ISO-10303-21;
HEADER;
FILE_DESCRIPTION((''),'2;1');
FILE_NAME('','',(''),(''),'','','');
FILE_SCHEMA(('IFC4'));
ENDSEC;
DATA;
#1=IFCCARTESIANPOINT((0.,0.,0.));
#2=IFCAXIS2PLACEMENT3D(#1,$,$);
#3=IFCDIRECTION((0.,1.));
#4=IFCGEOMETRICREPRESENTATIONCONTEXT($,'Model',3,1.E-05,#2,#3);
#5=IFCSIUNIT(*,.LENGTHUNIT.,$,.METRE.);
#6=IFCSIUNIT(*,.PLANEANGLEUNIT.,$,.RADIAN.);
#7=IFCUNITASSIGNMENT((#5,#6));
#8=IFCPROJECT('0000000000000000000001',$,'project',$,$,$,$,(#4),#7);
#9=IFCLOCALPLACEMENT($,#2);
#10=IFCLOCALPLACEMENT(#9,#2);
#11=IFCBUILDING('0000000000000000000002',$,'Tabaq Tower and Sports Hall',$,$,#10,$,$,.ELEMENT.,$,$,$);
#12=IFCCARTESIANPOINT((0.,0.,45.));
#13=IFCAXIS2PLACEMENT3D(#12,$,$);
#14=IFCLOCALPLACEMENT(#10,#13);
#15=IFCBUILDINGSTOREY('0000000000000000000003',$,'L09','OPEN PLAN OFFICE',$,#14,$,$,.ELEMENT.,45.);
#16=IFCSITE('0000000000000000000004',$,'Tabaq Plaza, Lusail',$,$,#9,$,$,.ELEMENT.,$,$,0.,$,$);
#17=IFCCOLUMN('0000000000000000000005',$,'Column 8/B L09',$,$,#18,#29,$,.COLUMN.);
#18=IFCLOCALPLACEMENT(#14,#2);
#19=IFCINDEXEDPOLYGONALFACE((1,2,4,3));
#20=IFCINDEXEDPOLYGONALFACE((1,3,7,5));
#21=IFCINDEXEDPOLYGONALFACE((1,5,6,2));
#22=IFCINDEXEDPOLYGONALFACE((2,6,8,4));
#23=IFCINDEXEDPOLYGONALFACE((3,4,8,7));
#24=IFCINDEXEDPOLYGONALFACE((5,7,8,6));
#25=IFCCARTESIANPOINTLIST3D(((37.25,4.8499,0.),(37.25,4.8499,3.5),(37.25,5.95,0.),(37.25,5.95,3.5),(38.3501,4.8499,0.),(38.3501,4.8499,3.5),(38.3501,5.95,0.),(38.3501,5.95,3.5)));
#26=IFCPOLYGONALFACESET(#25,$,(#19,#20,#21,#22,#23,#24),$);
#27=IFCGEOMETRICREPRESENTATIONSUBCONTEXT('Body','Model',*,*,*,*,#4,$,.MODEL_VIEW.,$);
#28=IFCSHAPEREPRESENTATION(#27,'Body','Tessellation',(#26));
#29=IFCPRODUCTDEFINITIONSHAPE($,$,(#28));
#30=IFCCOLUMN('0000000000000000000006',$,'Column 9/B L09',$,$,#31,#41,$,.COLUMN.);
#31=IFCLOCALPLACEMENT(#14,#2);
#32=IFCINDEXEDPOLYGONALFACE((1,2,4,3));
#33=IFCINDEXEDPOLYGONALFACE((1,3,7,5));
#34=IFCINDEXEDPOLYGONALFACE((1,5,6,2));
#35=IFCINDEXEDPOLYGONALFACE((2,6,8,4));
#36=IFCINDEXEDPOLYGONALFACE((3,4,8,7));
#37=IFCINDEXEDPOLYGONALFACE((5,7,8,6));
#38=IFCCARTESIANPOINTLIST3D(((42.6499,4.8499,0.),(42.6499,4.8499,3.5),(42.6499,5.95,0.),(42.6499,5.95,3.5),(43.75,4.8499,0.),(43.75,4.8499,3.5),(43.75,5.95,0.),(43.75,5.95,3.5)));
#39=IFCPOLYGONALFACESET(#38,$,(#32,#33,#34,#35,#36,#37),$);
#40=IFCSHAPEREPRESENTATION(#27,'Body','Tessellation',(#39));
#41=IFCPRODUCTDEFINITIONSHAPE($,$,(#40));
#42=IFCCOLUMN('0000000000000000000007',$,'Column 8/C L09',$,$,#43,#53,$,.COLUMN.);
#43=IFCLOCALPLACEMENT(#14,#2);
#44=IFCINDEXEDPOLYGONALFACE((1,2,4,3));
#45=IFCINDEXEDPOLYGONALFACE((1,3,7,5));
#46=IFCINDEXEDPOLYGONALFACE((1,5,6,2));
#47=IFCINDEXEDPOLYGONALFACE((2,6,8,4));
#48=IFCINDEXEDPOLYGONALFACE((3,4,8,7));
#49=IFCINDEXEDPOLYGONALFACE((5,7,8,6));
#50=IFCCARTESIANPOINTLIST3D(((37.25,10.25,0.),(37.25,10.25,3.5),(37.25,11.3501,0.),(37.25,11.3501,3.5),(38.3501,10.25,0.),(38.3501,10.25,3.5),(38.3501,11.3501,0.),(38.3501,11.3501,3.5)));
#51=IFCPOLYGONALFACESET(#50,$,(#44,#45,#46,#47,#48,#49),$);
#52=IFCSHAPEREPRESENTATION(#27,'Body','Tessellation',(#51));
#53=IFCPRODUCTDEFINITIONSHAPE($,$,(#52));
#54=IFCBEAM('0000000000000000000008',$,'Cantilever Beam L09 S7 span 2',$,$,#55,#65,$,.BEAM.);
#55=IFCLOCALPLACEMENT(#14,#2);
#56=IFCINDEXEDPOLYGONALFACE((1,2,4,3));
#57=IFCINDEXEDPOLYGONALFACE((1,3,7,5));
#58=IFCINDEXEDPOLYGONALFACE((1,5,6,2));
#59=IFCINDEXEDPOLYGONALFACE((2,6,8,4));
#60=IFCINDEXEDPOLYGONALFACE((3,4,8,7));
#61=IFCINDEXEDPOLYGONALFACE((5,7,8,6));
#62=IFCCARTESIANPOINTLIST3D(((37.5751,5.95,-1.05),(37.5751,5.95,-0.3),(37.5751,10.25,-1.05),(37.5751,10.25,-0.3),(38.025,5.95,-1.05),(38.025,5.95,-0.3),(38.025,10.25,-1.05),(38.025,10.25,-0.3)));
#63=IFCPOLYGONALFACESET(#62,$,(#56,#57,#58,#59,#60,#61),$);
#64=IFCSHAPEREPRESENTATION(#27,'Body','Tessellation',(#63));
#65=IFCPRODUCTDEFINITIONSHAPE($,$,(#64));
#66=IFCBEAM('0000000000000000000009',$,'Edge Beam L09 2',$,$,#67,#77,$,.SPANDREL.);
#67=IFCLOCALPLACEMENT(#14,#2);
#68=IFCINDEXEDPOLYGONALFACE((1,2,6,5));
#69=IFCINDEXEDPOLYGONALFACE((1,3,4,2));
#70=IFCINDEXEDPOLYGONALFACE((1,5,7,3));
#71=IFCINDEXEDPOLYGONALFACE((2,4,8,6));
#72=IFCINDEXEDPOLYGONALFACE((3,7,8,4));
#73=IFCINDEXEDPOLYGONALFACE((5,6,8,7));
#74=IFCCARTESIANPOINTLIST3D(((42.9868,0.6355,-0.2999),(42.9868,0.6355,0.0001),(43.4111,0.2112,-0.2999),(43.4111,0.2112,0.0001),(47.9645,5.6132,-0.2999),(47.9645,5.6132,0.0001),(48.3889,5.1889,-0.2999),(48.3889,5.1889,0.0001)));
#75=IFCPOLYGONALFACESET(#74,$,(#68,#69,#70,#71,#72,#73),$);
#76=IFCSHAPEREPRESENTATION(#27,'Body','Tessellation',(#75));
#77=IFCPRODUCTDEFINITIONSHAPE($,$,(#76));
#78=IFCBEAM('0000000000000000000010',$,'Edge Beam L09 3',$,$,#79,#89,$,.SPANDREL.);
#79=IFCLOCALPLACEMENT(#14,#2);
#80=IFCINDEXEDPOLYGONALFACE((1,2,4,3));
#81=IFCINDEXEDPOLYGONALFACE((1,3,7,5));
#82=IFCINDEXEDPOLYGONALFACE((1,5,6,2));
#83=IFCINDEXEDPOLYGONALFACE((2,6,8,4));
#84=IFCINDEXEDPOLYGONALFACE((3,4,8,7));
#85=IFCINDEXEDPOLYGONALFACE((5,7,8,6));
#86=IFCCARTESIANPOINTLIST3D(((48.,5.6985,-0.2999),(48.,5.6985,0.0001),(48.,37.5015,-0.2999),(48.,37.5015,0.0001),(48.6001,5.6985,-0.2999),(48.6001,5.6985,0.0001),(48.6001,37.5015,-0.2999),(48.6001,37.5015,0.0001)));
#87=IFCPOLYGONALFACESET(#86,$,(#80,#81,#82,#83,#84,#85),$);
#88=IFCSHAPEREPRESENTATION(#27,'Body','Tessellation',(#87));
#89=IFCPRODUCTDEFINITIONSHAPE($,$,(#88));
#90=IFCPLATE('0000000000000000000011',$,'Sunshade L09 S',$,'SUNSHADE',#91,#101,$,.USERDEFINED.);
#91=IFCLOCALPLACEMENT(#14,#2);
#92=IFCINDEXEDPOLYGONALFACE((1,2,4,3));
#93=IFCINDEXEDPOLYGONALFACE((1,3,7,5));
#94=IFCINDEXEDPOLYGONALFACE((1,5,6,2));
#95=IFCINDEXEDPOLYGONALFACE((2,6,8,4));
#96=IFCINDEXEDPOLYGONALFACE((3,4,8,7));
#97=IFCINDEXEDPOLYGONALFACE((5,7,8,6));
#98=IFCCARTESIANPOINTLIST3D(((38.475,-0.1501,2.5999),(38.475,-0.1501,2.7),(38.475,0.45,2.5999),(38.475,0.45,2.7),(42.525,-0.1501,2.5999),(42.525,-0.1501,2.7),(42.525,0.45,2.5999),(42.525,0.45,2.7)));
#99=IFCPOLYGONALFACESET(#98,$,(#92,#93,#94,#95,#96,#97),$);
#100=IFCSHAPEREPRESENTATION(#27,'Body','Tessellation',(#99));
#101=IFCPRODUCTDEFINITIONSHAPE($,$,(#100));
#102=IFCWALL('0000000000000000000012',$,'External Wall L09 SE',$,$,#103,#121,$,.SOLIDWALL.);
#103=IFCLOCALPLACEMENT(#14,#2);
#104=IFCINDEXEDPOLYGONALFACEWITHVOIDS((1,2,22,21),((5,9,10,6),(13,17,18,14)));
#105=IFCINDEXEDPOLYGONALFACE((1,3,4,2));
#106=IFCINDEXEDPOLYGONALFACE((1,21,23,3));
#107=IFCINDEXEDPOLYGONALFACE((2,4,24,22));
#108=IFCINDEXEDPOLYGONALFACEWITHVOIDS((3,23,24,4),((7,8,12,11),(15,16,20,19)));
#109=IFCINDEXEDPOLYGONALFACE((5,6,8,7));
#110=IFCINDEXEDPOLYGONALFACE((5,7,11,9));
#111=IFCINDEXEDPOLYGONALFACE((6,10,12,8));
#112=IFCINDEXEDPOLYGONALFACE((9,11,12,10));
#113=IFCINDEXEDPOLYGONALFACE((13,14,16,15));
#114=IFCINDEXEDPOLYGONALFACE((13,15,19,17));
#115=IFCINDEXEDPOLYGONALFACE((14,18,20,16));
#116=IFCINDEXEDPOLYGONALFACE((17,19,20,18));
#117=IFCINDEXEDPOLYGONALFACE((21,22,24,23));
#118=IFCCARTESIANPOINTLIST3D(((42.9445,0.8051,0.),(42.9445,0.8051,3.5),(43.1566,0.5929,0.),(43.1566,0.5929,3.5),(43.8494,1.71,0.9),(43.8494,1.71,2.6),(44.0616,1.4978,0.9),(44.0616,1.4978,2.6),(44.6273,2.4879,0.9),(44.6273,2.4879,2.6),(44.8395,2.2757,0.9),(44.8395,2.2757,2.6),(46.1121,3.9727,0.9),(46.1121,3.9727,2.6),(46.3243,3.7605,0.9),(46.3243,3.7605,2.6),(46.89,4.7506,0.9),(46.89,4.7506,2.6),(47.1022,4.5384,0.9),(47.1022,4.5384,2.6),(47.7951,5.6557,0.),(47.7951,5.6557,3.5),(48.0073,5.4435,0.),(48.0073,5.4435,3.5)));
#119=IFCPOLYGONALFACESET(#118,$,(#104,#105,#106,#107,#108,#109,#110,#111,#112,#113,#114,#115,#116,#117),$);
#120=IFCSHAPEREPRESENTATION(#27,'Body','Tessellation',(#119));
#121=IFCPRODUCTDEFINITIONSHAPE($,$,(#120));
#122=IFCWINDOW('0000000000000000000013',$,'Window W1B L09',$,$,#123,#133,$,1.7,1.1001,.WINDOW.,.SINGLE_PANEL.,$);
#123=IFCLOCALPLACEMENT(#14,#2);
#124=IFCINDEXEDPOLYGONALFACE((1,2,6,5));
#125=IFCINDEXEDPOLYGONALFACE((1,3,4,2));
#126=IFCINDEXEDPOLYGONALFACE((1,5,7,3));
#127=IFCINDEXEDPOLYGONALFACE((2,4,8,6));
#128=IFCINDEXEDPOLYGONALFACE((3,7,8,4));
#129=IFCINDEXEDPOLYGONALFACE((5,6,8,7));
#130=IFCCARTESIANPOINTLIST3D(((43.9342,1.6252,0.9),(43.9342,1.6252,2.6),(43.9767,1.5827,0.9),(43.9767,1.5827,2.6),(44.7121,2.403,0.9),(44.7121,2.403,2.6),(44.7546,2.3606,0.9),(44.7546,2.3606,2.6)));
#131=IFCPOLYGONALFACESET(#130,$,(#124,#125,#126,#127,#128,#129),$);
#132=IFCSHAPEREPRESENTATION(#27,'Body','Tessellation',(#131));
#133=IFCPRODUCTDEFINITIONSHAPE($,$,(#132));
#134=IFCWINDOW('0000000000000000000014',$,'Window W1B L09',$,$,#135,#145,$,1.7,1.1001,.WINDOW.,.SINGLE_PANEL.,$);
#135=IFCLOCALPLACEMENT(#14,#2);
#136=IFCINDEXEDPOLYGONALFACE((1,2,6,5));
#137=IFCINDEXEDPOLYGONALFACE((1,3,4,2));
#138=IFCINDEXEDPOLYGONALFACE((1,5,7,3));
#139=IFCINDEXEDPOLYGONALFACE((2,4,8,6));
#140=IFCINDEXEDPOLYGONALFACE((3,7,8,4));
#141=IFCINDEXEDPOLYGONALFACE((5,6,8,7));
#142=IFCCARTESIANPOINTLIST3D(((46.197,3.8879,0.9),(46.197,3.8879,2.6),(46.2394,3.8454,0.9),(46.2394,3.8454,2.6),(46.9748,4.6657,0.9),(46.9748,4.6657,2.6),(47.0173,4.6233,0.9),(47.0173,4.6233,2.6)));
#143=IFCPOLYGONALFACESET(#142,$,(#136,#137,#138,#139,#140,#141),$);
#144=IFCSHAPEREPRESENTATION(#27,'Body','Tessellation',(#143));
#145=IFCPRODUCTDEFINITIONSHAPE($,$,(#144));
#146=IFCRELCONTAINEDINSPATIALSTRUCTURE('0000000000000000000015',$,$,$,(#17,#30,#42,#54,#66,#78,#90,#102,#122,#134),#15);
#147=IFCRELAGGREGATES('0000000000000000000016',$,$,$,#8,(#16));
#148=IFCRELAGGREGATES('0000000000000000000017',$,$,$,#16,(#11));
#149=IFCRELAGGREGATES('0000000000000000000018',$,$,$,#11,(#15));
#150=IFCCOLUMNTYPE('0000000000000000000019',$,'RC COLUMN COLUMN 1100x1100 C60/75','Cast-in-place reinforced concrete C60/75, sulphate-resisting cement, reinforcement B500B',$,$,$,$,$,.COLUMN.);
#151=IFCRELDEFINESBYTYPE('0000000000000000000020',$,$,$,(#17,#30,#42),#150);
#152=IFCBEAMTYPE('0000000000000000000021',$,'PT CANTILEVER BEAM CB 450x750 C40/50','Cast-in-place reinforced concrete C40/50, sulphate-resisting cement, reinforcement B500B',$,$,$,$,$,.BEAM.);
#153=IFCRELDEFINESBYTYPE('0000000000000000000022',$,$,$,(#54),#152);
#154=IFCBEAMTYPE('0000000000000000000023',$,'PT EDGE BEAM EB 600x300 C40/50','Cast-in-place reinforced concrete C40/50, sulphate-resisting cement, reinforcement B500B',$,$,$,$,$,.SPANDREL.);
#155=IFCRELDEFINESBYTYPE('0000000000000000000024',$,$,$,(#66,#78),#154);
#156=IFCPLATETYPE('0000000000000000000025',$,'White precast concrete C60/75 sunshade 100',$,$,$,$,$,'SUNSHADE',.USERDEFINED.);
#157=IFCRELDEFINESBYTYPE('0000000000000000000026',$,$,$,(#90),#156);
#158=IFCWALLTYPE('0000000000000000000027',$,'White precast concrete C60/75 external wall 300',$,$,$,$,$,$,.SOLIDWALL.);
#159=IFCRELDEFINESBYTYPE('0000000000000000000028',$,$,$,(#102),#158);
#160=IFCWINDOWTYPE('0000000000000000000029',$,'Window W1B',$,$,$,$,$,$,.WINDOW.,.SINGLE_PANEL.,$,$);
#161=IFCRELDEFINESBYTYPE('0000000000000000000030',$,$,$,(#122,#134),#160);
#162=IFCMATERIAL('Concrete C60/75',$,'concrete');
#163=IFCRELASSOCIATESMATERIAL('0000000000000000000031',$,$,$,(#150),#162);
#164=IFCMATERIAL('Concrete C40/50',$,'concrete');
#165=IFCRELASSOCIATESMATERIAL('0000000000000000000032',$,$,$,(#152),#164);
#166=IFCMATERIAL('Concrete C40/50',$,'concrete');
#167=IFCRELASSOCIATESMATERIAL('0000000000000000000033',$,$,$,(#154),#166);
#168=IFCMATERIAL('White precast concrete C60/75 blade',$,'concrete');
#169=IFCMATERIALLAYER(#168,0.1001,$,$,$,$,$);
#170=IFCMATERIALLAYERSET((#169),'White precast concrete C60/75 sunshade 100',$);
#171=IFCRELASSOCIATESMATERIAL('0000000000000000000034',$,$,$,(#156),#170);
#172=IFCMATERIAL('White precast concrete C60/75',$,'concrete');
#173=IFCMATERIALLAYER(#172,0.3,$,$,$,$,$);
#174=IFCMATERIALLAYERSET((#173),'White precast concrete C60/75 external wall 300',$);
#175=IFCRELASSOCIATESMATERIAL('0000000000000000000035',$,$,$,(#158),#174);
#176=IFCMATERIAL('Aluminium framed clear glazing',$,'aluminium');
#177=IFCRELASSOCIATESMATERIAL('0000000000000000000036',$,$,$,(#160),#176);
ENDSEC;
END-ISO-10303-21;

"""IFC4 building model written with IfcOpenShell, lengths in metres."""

from ifc_helpers import new_model, si_unit, direction, frame, frame_2d, origin, origin_2d, place, context, subcontext, project, spatial, rectangle, extrude, material, layer, layer_set, material_profile, profile_set, type_object, element, fill, save


model = new_model("IFC4")

# Units and contexts
model_context = context("Model", 3, precision=1e-05, world=origin(), true_north=direction((0.0, 1.0)))
body_context = subcontext(model_context, "Body", "Model", "MODEL_VIEW")
ifc_project = project(units=[si_unit("LENGTHUNIT", "METRE"), si_unit("PLANEANGLEUNIT", "RADIAN")], contexts=[model_context])

# Site, building, storey
site_placement = place(None, origin())
site = spatial("IfcSite", under=ifc_project, at=site_placement, Name="Tabaq Plaza, Lusail", CompositionType="ELEMENT", RefElevation=0.0)
building_placement = place(site_placement, origin())
building = spatial("IfcBuilding", under=site, at=building_placement, Name="Tabaq Tower and Sports Hall", CompositionType="ELEMENT")
storey_placement = place(building_placement, frame((0.0, 0.0, 45.0)))
storey = spatial("IfcBuildingStorey", under=building, at=storey_placement, Name="L09", Description="OPEN PLAN OFFICE", CompositionType="ELEMENT", Elevation=45.0)

# Columns
ifc_material_1 = material(Name="Concrete C60/75", Category="concrete")
ifc_material_profile_1 = material_profile(ifc_material_1, rectangle(XDim=1.1001, YDim=1.1001, at=origin_2d()), Name="COLUMN 1100x1100")
ifc_profile_set_1 = profile_set([ifc_material_profile_1], Name="Concrete C60/75")
column_type = type_object("IfcColumnType", Name="RC COLUMN COLUMN 1100x1100 C60/75", Description="Cast-in-place reinforced concrete C60/75, sulphate-resisting cement, reinforcement B500B", PredefinedType="COLUMN", material=ifc_profile_set_1)
for number, where, z_axis, x_axis, name in (
    (1, (37.8, 5.3999, 0.0), (0.0, 0.0, 1.0), (1.0, 0.0, 0.0), "Column 8/B L09"),
    (2, (43.2, 5.3999, 0.0), (0.0, 0.0, 1.0), (1.0, 0.0, 0.0), "Column 9/B L09"),
    (3, (37.8, 10.8, 0.0), (0.0, 0.0, 1.0), (1.0, 0.0, 0.0), "Column 8/C L09"),
):
    element("IfcColumn", number, at=place(storey_placement, frame(where, z_axis=z_axis, x_axis=x_axis)), inside=storey, type_object=column_type, Name=name, PredefinedType="COLUMN", context=body_context, shape_type="SweptSolid", body=[
        extrude(rectangle(XDim=1.1001, YDim=1.1001, at=origin_2d()), origin(), (0.0, 0.0, 1.0), 3.5),
    ])

# Beams
ifc_material_2 = material(Name="Concrete C40/50", Category="concrete")
ifc_material_profile_2 = material_profile(ifc_material_2, rectangle(XDim=0.45, YDim=0.75, at=origin_2d()), Name="CB 450x750")
ifc_profile_set_2 = profile_set([ifc_material_profile_2], Name="Concrete C40/50")
beam_type_1 = type_object("IfcBeamType", Name="PT CANTILEVER BEAM CB 450x750 C40/50", Description="Cast-in-place reinforced concrete C40/50, sulphate-resisting cement, reinforcement B500B", PredefinedType="BEAM", material=ifc_profile_set_2)
beam_1_placement = place(storey_placement, frame((37.8, 5.95, -0.675), z_axis=(0.0, 1.0, 0.0), x_axis=(-1.0, 0.0, 0.0)))
element("IfcBeam", 4, at=beam_1_placement, inside=storey, type_object=beam_type_1, Name="Cantilever Beam L09 S7 span 2", PredefinedType="BEAM", context=body_context, shape_type="SweptSolid", body=[
    extrude(rectangle(XDim=0.45, YDim=0.75, at=origin_2d()), origin(), (0.0, 0.0, 1.0), 4.3),
])
ifc_material_3 = material(Name="Concrete C40/50", Category="concrete")
ifc_material_profile_3 = material_profile(ifc_material_3, rectangle(XDim=0.6001, YDim=0.3, at=origin_2d()), Name="EB 600x300")
ifc_profile_set_3 = profile_set([ifc_material_profile_3], Name="Concrete C40/50")
beam_type_2 = type_object("IfcBeamType", Name="PT EDGE BEAM EB 600x300 C40/50", Description="Cast-in-place reinforced concrete C40/50, sulphate-resisting cement, reinforcement B500B", PredefinedType="SPANDREL", material=ifc_profile_set_3)
beam_2_placement = place(storey_placement, frame((43.199, 0.4233, -0.1499), z_axis=(0.707107, 0.707107, 0.0), x_axis=(-0.707107, 0.707107, 0.0)))
element("IfcBeam", 5, at=beam_2_placement, inside=storey, type_object=beam_type_2, Name="Edge Beam L09 2", PredefinedType="SPANDREL", context=body_context, shape_type="SweptSolid", body=[
    extrude(rectangle(XDim=0.6001, YDim=0.3, at=origin_2d()), origin(), (0.0, 0.0, 1.0), 7.0396),
])
beam_3_placement = place(storey_placement, frame((48.3, 5.6985, -0.1499), z_axis=(0.0, 1.0, 0.0), x_axis=(-1.0, 0.0, 0.0)))
element("IfcBeam", 6, at=beam_3_placement, inside=storey, type_object=beam_type_2, Name="Edge Beam L09 3", PredefinedType="SPANDREL", context=body_context, shape_type="SweptSolid", body=[
    extrude(rectangle(XDim=0.6001, YDim=0.3, at=origin_2d()), origin(), (0.0, 0.0, 1.0), 31.803),
])

# Plate
ifc_material_4 = material(Name="White precast concrete C60/75 blade", Category="concrete")
ifc_layer_1 = layer(ifc_material_4, 0.1001)
ifc_layer_set_1 = layer_set([ifc_layer_1], Name="White precast concrete C60/75 sunshade 100")
plate_type = type_object("IfcPlateType", Name="White precast concrete C60/75 sunshade 100", ElementType="SUNSHADE", PredefinedType="USERDEFINED", material=ifc_layer_set_1)
plate_placement = place(storey_placement, frame((40.5, 0.1499, 2.5999), z_axis=(0.0, 0.0, 1.0), x_axis=(1.0, 0.0, 0.0)))
element("IfcPlate", 7, at=plate_placement, inside=storey, type_object=plate_type, Name="Sunshade L09 S", ObjectType="SUNSHADE", PredefinedType="USERDEFINED", context=body_context, shape_type="SweptSolid", body=[
    extrude(rectangle(XDim=4.05, YDim=0.6001, at=origin_2d()), origin(), (0.0, 0.0, 1.0), 0.1001),
])

# Wall, openings, windows
ifc_material_5 = material(Name="White precast concrete C60/75", Category="concrete")
ifc_layer_2 = layer(ifc_material_5, 0.3)
ifc_layer_set_2 = layer_set([ifc_layer_2], Name="White precast concrete C60/75 external wall 300")
wall_type = type_object("IfcWallType", Name="White precast concrete C60/75 external wall 300", PredefinedType="SOLIDWALL", material=ifc_layer_set_2)
wall_1_placement = place(storey_placement, frame((43.0505, 0.699, 0.0), z_axis=(0.0, 0.0, 1.0), x_axis=(0.707107, 0.707107, 0.0)))
wall_1 = element("IfcWall", 8, at=wall_1_placement, inside=storey, type_object=wall_type, Name="External Wall L09 SE", PredefinedType="SOLIDWALL", context=body_context, shape_type="SweptSolid", body=[
    extrude(rectangle(XDim=6.8599, YDim=0.3, at=frame_2d((3.4299, 0.0))), origin(), (0.0, 0.0, 1.0), 3.5),
])
opening_1_placement = place(wall_1_placement, frame((1.2798, 0.0, 0.8999)))
opening_1 = element("IfcOpeningElement", 9, at=opening_1_placement, cuts=wall_1, PredefinedType="OPENING", context=body_context, shape_type="SweptSolid", body=[
    extrude(rectangle(XDim=1.1001, YDim=1.7, at=frame_2d((0.55, 0.8501))), frame((0.0, 0.1602, 0.0), z_axis=(0.0, -1.0, 0.0), x_axis=(1.0, 0.0, 0.0)), (0.0, 0.0, 1.0), 0.3201),
])
opening_2_placement = place(wall_1_placement, frame((4.4797, 0.0, 0.8999)))
opening_2 = element("IfcOpeningElement", 10, at=opening_2_placement, cuts=wall_1, PredefinedType="OPENING", context=body_context, shape_type="SweptSolid", body=[
    extrude(rectangle(XDim=1.1001, YDim=1.7, at=frame_2d((0.55, 0.8501))), frame((0.0, 0.1602, 0.0), z_axis=(0.0, -1.0, 0.0), x_axis=(1.0, 0.0, 0.0)), (0.0, 0.0, 1.0), 0.3201),
])
ifc_material_6 = material(Name="Aluminium framed clear glazing", Category="aluminium")
window_type_1 = type_object("IfcWindowType", Name="Window W1B", PartitioningType="SINGLE_PANEL", PredefinedType="WINDOW", material=ifc_material_6)
window_1_placement = place(opening_1_placement, origin())
window_1 = element("IfcWindow", 11, at=window_1_placement, inside=storey, type_object=window_type_1, Name="Window W1B L09", OverallHeight=1.7, OverallWidth=1.1001, PartitioningType="SINGLE_PANEL", PredefinedType="WINDOW", context=body_context, shape_type="SweptSolid", body=[
    extrude(rectangle(XDim=1.1001, YDim=1.7, at=frame_2d((0.55, 0.8501))), frame((0.0, 0.03, 0.0), z_axis=(0.0, -1.0, 0.0), x_axis=(1.0, 0.0, 0.0)), (0.0, 0.0, 1.0), 0.0601),
])
fill(opening_1, window_1)
window_2_placement = place(opening_2_placement, origin())
window_2 = element("IfcWindow", 12, at=window_2_placement, inside=storey, type_object=window_type_1, Name="Window W1B L09", OverallHeight=1.7, OverallWidth=1.1001, PartitioningType="SINGLE_PANEL", PredefinedType="WINDOW", context=body_context, shape_type="SweptSolid", body=[
    extrude(rectangle(XDim=1.1001, YDim=1.7, at=frame_2d((0.55, 0.8501))), frame((0.0, 0.03, 0.0), z_axis=(0.0, -1.0, 0.0), x_axis=(1.0, 0.0, 0.0)), (0.0, 0.0, 1.0), 0.0601),
])
fill(opening_2, window_2)

save(model, "model.ifc")
